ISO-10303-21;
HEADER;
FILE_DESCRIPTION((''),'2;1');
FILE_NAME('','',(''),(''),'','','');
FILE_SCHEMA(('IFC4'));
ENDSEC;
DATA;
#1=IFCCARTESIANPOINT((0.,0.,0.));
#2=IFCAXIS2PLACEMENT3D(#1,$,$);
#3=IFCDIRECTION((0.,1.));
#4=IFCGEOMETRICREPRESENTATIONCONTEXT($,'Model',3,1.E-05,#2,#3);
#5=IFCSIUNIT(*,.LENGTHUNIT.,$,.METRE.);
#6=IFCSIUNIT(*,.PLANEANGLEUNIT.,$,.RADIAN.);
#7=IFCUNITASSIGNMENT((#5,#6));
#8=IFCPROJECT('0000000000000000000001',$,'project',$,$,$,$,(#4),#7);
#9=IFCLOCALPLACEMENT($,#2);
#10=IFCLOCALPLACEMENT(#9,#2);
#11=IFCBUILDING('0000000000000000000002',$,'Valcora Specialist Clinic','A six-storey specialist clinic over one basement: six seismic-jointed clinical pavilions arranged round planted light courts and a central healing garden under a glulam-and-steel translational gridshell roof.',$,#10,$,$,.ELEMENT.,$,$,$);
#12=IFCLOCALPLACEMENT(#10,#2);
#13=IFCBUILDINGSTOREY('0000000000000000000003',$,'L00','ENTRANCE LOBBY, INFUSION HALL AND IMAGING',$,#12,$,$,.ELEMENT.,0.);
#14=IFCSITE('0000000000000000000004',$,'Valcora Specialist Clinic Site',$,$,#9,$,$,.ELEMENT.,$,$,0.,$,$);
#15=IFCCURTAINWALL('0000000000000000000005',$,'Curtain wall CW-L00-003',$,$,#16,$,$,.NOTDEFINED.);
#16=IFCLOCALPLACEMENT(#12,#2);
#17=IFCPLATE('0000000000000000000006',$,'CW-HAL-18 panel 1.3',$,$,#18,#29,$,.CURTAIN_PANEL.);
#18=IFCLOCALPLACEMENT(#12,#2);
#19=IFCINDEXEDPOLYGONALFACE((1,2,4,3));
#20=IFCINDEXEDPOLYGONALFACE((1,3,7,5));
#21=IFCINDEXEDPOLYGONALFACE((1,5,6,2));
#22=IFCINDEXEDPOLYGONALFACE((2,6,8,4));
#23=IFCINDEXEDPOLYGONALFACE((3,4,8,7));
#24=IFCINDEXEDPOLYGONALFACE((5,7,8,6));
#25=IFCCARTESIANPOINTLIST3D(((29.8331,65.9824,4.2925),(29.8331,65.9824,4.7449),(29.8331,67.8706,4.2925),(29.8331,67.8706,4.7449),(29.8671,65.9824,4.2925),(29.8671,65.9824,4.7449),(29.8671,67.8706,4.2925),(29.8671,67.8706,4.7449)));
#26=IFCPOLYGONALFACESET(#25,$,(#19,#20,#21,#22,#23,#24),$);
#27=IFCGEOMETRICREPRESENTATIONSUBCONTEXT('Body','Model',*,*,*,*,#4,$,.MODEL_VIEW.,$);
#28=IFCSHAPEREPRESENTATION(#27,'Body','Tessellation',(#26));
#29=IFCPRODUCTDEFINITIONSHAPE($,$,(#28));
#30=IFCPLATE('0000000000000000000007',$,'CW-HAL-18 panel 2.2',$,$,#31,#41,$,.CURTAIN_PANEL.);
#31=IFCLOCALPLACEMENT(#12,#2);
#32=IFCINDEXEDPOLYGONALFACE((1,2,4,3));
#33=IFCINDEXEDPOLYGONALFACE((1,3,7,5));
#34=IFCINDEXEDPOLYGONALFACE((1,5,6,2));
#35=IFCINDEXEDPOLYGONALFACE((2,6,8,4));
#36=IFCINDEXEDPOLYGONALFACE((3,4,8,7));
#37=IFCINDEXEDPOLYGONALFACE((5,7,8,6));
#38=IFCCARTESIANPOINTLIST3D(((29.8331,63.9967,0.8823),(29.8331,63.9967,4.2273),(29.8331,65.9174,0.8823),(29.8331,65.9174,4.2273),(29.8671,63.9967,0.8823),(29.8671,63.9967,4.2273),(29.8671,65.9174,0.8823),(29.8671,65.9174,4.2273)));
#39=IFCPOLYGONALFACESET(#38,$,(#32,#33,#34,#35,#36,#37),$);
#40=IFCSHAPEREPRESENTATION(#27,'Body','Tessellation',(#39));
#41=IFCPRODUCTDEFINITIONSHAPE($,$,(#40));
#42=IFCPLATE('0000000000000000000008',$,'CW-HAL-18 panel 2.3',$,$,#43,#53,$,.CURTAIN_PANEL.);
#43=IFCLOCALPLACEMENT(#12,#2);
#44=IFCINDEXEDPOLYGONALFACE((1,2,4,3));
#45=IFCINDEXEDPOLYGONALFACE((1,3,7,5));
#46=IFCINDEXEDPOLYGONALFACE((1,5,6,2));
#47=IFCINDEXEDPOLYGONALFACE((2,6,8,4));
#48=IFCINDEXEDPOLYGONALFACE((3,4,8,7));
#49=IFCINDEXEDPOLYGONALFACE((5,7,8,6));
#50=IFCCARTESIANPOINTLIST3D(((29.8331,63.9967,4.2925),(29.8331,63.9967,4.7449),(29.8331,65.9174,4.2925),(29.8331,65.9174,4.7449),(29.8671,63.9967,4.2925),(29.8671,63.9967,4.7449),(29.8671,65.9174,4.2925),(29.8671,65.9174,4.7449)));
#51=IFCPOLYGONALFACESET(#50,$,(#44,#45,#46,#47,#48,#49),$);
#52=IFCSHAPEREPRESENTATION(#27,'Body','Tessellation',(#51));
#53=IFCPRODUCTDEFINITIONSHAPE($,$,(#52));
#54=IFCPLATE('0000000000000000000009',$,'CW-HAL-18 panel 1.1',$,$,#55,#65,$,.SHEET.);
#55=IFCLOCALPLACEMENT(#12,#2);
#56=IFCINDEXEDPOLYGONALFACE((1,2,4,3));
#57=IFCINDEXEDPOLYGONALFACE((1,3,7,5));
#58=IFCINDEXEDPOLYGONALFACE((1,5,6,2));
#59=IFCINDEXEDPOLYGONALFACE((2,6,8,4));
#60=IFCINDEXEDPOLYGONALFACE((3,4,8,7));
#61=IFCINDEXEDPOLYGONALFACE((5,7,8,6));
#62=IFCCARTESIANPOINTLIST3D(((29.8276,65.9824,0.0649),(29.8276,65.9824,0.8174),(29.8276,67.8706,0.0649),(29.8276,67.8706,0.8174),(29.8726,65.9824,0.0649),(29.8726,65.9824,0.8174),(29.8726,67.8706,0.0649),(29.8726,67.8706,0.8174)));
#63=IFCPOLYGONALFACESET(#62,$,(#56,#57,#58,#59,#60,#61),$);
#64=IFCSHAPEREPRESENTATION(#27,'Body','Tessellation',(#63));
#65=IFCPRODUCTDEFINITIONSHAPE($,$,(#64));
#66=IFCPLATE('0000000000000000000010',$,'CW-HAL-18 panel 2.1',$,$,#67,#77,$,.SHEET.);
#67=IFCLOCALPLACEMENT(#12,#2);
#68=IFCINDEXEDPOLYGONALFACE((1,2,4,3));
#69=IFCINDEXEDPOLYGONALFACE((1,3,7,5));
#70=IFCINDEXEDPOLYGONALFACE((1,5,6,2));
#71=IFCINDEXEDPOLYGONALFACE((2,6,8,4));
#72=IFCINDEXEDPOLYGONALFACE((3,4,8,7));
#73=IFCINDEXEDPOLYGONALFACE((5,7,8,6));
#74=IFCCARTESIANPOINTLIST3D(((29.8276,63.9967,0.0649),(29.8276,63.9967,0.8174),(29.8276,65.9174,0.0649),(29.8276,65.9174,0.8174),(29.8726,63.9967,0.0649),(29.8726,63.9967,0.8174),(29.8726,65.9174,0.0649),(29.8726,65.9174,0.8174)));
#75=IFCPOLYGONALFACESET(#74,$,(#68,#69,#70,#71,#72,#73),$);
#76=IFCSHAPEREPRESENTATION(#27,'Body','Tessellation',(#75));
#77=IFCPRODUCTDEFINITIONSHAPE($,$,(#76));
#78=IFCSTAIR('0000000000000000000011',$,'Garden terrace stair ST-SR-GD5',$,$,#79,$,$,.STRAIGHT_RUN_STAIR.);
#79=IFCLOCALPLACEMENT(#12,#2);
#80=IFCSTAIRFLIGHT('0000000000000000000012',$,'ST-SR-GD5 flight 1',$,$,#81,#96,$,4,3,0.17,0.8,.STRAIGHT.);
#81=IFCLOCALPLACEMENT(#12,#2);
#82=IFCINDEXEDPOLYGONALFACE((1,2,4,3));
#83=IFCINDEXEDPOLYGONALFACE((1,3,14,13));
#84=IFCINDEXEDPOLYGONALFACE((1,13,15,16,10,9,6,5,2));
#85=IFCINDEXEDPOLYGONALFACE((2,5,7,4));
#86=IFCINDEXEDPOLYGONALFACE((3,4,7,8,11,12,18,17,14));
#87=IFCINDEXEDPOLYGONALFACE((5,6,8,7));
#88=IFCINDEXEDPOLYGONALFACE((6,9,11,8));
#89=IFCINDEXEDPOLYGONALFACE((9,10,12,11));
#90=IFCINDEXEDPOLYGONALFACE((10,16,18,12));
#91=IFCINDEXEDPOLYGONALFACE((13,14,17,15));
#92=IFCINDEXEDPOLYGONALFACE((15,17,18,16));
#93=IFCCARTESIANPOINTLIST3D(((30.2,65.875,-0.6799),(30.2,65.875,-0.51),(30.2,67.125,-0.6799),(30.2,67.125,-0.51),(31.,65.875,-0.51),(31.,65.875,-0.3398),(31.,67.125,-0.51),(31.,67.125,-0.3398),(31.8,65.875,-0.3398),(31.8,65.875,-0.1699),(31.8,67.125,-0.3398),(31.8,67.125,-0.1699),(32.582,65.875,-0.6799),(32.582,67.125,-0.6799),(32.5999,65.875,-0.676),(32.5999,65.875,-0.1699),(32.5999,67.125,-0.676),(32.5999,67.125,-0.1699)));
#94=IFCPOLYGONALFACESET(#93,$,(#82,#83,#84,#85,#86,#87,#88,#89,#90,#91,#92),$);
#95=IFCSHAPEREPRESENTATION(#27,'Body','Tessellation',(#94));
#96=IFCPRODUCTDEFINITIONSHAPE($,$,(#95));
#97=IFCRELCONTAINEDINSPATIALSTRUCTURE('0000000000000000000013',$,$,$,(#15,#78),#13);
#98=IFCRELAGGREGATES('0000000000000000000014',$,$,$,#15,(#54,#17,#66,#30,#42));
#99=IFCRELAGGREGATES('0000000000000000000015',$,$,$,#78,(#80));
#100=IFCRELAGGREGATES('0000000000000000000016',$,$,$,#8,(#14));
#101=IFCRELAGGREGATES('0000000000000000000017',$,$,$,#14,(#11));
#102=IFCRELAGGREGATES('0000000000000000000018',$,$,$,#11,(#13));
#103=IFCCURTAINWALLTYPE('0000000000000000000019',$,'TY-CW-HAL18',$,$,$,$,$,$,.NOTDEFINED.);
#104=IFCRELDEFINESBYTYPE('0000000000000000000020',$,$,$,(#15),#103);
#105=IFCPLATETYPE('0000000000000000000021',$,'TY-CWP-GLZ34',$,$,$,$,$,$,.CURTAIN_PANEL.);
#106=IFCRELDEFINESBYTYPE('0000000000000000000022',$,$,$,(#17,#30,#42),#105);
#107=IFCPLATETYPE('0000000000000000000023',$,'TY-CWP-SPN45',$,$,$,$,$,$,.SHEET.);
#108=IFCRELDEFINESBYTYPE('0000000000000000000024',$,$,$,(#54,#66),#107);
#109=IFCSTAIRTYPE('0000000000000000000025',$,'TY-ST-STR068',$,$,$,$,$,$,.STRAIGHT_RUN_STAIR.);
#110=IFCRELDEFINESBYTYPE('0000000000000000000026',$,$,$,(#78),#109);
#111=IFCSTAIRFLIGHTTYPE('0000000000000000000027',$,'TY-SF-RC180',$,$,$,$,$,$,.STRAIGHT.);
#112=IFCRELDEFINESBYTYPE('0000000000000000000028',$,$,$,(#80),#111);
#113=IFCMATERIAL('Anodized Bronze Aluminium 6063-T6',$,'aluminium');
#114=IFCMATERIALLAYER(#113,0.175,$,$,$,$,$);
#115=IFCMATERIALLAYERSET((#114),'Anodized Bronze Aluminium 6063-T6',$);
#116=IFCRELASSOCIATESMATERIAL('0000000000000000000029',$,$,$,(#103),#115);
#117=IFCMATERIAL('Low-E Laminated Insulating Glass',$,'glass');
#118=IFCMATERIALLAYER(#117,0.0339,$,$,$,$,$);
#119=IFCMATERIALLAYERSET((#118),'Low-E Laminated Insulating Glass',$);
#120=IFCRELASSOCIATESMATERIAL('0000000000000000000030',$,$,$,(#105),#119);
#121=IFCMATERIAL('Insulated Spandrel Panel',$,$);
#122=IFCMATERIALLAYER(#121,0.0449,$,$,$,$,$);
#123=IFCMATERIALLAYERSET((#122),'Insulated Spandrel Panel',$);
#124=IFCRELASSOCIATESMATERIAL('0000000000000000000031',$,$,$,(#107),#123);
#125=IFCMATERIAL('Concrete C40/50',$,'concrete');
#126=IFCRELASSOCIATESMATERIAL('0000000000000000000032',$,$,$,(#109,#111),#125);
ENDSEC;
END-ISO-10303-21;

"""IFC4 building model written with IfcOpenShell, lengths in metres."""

from ifc_helpers import new_model, si_unit, direction, frame, origin, origin_2d, place, context, subcontext, project, spatial, polyline, rectangle, outline, extrude, material, layer, layer_set, type_object, element, aggregate, save


model = new_model("IFC4")

# Units and contexts
model_context = context("Model", 3, precision=1e-05, world=origin(), true_north=direction((0.0, 1.0)))
body_context = subcontext(model_context, "Body", "Model", "MODEL_VIEW")
ifc_project = project(units=[si_unit("LENGTHUNIT", "METRE"), si_unit("PLANEANGLEUNIT", "RADIAN")], contexts=[model_context])

# Site, building, storey
site_placement = place(None, origin())
site = spatial("IfcSite", under=ifc_project, at=site_placement, Name="Valcora Specialist Clinic Site", CompositionType="ELEMENT", RefElevation=0.0)
building_placement = place(site_placement, origin())
building = spatial("IfcBuilding", under=site, at=building_placement, Name="Valcora Specialist Clinic", Description="A six-storey specialist clinic over one basement: six seismic-jointed clinical pavilions arranged round planted light courts and a central healing garden under a glulam-and-steel translational gridshell roof.", CompositionType="ELEMENT")
storey_placement = place(building_placement, origin())
storey = spatial("IfcBuildingStorey", under=building, at=storey_placement, Name="L00", Description="ENTRANCE LOBBY, INFUSION HALL AND IMAGING", CompositionType="ELEMENT", Elevation=0.0)

# Shared definitions
ifc_material_1 = material(Name="Concrete C40/50", Category="concrete")

# Curtain wall
ifc_material_2 = material(Name="Anodized Bronze Aluminium 6063-T6", Category="aluminium")
ifc_layer_1 = layer(ifc_material_2, 0.175)
ifc_layer_set_1 = layer_set([ifc_layer_1], Name="Anodized Bronze Aluminium 6063-T6")
curtain_wall_type = type_object("IfcCurtainWallType", Name="TY-CW-HAL18", PredefinedType="NOTDEFINED", material=ifc_layer_set_1)
curtain_wall_placement = place(storey_placement, origin())
curtain_wall = element("IfcCurtainWall", 1, at=curtain_wall_placement, inside=storey, type_object=curtain_wall_type, Name="Curtain wall CW-L00-003", PredefinedType="NOTDEFINED")

# Plates
ifc_material_3 = material(Name="Low-E Laminated Insulating Glass", Category="glass")
ifc_layer_2 = layer(ifc_material_3, 0.0339)
ifc_layer_set_2 = layer_set([ifc_layer_2], Name="Low-E Laminated Insulating Glass")
plate_type_1 = type_object("IfcPlateType", Name="TY-CWP-GLZ34", PredefinedType="CURTAIN_PANEL", material=ifc_layer_set_2)
plate_1_placement = place(storey_placement, frame((29.8501, 66.9265, 4.2925), z_axis=(0.0, 0.0, 1.0), x_axis=(0.0, -1.0, 0.0)))
plate_1 = element("IfcPlate", 2, at=plate_1_placement, type_object=plate_type_1, Name="CW-HAL-18 panel 1.3", PredefinedType="CURTAIN_PANEL", context=body_context, shape_type="SweptSolid", body=[
    extrude(rectangle(XDim=1.8882, YDim=0.0339, at=origin_2d()), origin(), (0.0, 0.0, 1.0), 0.4524),
])
plate_2_placement = place(storey_placement, frame((29.8501, 64.957, 0.8823), z_axis=(0.0, 0.0, 1.0), x_axis=(0.0, -1.0, 0.0)))
plate_2 = element("IfcPlate", 3, at=plate_2_placement, type_object=plate_type_1, Name="CW-HAL-18 panel 2.2", PredefinedType="CURTAIN_PANEL", context=body_context, shape_type="SweptSolid", body=[
    extrude(rectangle(XDim=1.9207, YDim=0.0339, at=origin_2d()), origin(), (0.0, 0.0, 1.0), 3.345),
])
plate_3_placement = place(storey_placement, frame((29.8501, 64.957, 4.2925), z_axis=(0.0, 0.0, 1.0), x_axis=(0.0, -1.0, 0.0)))
plate_3 = element("IfcPlate", 4, at=plate_3_placement, type_object=plate_type_1, Name="CW-HAL-18 panel 2.3", PredefinedType="CURTAIN_PANEL", context=body_context, shape_type="SweptSolid", body=[
    extrude(rectangle(XDim=1.9207, YDim=0.0339, at=origin_2d()), origin(), (0.0, 0.0, 1.0), 0.4524),
])
ifc_material_4 = material(Name="Insulated Spandrel Panel")
ifc_layer_3 = layer(ifc_material_4, 0.0449)
ifc_layer_set_3 = layer_set([ifc_layer_3], Name="Insulated Spandrel Panel")
plate_type_2 = type_object("IfcPlateType", Name="TY-CWP-SPN45", PredefinedType="SHEET", material=ifc_layer_set_3)
plate_4_placement = place(storey_placement, frame((29.8501, 66.9265, 0.0649), z_axis=(0.0, 0.0, 1.0), x_axis=(0.0, -1.0, 0.0)))
plate_4 = element("IfcPlate", 5, at=plate_4_placement, type_object=plate_type_2, Name="CW-HAL-18 panel 1.1", PredefinedType="SHEET", context=body_context, shape_type="SweptSolid", body=[
    extrude(rectangle(XDim=1.8882, YDim=0.0449, at=origin_2d()), origin(), (0.0, 0.0, 1.0), 0.7524),
])
plate_5_placement = place(storey_placement, frame((29.8501, 64.957, 0.0649), z_axis=(0.0, 0.0, 1.0), x_axis=(0.0, -1.0, 0.0)))
plate_5 = element("IfcPlate", 6, at=plate_5_placement, type_object=plate_type_2, Name="CW-HAL-18 panel 2.1", PredefinedType="SHEET", context=body_context, shape_type="SweptSolid", body=[
    extrude(rectangle(XDim=1.9207, YDim=0.0449, at=origin_2d()), origin(), (0.0, 0.0, 1.0), 0.7524),
])
aggregate(curtain_wall, [plate_4, plate_1, plate_5, plate_2, plate_3])

# Stair, stair flight
stair_type = type_object("IfcStairType", Name="TY-ST-STR068", PredefinedType="STRAIGHT_RUN_STAIR", material=ifc_material_1)
stair_placement = place(storey_placement, origin())
stair = element("IfcStair", 7, at=stair_placement, inside=storey, type_object=stair_type, Name="Garden terrace stair ST-SR-GD5", PredefinedType="STRAIGHT_RUN_STAIR")
stair_flight_type = type_object("IfcStairFlightType", Name="TY-SF-RC180", PredefinedType="STRAIGHT", material=ifc_material_1)
stair_flight_placement = place(storey_placement, frame((30.2, 66.5, -0.6799), z_axis=(0.0, 0.0, 1.0), x_axis=(1.0, 0.0, 0.0)))
stair_flight = element("IfcStairFlight", 8, at=stair_flight_placement, type_object=stair_flight_type, Name="ST-SR-GD5 flight 1", NumberOfRisers=4, NumberOfTreads=3, PredefinedType="STRAIGHT", RiserHeight=0.17, TreadLength=0.8, context=body_context, shape_type="SweptSolid", body=[
    extrude(outline(polyline([(0.0, 0.0), (0.0, 0.1699), (0.8, 0.1699), (0.8, 0.3401), (1.6001, 0.3401), (1.6001, 0.51), (2.3999, 0.51), (2.3999, 0.6799), (2.3999, 0.0039), (2.3821, 0.0), (0.0, 0.0)])), frame((0.0, 0.625, 0.0), z_axis=(0.0, -1.0, 0.0), x_axis=(1.0, 0.0, 0.0)), (0.0, 0.0, 1.0), 1.25),
])
aggregate(stair, [stair_flight])

save(model, "model.ifc")
